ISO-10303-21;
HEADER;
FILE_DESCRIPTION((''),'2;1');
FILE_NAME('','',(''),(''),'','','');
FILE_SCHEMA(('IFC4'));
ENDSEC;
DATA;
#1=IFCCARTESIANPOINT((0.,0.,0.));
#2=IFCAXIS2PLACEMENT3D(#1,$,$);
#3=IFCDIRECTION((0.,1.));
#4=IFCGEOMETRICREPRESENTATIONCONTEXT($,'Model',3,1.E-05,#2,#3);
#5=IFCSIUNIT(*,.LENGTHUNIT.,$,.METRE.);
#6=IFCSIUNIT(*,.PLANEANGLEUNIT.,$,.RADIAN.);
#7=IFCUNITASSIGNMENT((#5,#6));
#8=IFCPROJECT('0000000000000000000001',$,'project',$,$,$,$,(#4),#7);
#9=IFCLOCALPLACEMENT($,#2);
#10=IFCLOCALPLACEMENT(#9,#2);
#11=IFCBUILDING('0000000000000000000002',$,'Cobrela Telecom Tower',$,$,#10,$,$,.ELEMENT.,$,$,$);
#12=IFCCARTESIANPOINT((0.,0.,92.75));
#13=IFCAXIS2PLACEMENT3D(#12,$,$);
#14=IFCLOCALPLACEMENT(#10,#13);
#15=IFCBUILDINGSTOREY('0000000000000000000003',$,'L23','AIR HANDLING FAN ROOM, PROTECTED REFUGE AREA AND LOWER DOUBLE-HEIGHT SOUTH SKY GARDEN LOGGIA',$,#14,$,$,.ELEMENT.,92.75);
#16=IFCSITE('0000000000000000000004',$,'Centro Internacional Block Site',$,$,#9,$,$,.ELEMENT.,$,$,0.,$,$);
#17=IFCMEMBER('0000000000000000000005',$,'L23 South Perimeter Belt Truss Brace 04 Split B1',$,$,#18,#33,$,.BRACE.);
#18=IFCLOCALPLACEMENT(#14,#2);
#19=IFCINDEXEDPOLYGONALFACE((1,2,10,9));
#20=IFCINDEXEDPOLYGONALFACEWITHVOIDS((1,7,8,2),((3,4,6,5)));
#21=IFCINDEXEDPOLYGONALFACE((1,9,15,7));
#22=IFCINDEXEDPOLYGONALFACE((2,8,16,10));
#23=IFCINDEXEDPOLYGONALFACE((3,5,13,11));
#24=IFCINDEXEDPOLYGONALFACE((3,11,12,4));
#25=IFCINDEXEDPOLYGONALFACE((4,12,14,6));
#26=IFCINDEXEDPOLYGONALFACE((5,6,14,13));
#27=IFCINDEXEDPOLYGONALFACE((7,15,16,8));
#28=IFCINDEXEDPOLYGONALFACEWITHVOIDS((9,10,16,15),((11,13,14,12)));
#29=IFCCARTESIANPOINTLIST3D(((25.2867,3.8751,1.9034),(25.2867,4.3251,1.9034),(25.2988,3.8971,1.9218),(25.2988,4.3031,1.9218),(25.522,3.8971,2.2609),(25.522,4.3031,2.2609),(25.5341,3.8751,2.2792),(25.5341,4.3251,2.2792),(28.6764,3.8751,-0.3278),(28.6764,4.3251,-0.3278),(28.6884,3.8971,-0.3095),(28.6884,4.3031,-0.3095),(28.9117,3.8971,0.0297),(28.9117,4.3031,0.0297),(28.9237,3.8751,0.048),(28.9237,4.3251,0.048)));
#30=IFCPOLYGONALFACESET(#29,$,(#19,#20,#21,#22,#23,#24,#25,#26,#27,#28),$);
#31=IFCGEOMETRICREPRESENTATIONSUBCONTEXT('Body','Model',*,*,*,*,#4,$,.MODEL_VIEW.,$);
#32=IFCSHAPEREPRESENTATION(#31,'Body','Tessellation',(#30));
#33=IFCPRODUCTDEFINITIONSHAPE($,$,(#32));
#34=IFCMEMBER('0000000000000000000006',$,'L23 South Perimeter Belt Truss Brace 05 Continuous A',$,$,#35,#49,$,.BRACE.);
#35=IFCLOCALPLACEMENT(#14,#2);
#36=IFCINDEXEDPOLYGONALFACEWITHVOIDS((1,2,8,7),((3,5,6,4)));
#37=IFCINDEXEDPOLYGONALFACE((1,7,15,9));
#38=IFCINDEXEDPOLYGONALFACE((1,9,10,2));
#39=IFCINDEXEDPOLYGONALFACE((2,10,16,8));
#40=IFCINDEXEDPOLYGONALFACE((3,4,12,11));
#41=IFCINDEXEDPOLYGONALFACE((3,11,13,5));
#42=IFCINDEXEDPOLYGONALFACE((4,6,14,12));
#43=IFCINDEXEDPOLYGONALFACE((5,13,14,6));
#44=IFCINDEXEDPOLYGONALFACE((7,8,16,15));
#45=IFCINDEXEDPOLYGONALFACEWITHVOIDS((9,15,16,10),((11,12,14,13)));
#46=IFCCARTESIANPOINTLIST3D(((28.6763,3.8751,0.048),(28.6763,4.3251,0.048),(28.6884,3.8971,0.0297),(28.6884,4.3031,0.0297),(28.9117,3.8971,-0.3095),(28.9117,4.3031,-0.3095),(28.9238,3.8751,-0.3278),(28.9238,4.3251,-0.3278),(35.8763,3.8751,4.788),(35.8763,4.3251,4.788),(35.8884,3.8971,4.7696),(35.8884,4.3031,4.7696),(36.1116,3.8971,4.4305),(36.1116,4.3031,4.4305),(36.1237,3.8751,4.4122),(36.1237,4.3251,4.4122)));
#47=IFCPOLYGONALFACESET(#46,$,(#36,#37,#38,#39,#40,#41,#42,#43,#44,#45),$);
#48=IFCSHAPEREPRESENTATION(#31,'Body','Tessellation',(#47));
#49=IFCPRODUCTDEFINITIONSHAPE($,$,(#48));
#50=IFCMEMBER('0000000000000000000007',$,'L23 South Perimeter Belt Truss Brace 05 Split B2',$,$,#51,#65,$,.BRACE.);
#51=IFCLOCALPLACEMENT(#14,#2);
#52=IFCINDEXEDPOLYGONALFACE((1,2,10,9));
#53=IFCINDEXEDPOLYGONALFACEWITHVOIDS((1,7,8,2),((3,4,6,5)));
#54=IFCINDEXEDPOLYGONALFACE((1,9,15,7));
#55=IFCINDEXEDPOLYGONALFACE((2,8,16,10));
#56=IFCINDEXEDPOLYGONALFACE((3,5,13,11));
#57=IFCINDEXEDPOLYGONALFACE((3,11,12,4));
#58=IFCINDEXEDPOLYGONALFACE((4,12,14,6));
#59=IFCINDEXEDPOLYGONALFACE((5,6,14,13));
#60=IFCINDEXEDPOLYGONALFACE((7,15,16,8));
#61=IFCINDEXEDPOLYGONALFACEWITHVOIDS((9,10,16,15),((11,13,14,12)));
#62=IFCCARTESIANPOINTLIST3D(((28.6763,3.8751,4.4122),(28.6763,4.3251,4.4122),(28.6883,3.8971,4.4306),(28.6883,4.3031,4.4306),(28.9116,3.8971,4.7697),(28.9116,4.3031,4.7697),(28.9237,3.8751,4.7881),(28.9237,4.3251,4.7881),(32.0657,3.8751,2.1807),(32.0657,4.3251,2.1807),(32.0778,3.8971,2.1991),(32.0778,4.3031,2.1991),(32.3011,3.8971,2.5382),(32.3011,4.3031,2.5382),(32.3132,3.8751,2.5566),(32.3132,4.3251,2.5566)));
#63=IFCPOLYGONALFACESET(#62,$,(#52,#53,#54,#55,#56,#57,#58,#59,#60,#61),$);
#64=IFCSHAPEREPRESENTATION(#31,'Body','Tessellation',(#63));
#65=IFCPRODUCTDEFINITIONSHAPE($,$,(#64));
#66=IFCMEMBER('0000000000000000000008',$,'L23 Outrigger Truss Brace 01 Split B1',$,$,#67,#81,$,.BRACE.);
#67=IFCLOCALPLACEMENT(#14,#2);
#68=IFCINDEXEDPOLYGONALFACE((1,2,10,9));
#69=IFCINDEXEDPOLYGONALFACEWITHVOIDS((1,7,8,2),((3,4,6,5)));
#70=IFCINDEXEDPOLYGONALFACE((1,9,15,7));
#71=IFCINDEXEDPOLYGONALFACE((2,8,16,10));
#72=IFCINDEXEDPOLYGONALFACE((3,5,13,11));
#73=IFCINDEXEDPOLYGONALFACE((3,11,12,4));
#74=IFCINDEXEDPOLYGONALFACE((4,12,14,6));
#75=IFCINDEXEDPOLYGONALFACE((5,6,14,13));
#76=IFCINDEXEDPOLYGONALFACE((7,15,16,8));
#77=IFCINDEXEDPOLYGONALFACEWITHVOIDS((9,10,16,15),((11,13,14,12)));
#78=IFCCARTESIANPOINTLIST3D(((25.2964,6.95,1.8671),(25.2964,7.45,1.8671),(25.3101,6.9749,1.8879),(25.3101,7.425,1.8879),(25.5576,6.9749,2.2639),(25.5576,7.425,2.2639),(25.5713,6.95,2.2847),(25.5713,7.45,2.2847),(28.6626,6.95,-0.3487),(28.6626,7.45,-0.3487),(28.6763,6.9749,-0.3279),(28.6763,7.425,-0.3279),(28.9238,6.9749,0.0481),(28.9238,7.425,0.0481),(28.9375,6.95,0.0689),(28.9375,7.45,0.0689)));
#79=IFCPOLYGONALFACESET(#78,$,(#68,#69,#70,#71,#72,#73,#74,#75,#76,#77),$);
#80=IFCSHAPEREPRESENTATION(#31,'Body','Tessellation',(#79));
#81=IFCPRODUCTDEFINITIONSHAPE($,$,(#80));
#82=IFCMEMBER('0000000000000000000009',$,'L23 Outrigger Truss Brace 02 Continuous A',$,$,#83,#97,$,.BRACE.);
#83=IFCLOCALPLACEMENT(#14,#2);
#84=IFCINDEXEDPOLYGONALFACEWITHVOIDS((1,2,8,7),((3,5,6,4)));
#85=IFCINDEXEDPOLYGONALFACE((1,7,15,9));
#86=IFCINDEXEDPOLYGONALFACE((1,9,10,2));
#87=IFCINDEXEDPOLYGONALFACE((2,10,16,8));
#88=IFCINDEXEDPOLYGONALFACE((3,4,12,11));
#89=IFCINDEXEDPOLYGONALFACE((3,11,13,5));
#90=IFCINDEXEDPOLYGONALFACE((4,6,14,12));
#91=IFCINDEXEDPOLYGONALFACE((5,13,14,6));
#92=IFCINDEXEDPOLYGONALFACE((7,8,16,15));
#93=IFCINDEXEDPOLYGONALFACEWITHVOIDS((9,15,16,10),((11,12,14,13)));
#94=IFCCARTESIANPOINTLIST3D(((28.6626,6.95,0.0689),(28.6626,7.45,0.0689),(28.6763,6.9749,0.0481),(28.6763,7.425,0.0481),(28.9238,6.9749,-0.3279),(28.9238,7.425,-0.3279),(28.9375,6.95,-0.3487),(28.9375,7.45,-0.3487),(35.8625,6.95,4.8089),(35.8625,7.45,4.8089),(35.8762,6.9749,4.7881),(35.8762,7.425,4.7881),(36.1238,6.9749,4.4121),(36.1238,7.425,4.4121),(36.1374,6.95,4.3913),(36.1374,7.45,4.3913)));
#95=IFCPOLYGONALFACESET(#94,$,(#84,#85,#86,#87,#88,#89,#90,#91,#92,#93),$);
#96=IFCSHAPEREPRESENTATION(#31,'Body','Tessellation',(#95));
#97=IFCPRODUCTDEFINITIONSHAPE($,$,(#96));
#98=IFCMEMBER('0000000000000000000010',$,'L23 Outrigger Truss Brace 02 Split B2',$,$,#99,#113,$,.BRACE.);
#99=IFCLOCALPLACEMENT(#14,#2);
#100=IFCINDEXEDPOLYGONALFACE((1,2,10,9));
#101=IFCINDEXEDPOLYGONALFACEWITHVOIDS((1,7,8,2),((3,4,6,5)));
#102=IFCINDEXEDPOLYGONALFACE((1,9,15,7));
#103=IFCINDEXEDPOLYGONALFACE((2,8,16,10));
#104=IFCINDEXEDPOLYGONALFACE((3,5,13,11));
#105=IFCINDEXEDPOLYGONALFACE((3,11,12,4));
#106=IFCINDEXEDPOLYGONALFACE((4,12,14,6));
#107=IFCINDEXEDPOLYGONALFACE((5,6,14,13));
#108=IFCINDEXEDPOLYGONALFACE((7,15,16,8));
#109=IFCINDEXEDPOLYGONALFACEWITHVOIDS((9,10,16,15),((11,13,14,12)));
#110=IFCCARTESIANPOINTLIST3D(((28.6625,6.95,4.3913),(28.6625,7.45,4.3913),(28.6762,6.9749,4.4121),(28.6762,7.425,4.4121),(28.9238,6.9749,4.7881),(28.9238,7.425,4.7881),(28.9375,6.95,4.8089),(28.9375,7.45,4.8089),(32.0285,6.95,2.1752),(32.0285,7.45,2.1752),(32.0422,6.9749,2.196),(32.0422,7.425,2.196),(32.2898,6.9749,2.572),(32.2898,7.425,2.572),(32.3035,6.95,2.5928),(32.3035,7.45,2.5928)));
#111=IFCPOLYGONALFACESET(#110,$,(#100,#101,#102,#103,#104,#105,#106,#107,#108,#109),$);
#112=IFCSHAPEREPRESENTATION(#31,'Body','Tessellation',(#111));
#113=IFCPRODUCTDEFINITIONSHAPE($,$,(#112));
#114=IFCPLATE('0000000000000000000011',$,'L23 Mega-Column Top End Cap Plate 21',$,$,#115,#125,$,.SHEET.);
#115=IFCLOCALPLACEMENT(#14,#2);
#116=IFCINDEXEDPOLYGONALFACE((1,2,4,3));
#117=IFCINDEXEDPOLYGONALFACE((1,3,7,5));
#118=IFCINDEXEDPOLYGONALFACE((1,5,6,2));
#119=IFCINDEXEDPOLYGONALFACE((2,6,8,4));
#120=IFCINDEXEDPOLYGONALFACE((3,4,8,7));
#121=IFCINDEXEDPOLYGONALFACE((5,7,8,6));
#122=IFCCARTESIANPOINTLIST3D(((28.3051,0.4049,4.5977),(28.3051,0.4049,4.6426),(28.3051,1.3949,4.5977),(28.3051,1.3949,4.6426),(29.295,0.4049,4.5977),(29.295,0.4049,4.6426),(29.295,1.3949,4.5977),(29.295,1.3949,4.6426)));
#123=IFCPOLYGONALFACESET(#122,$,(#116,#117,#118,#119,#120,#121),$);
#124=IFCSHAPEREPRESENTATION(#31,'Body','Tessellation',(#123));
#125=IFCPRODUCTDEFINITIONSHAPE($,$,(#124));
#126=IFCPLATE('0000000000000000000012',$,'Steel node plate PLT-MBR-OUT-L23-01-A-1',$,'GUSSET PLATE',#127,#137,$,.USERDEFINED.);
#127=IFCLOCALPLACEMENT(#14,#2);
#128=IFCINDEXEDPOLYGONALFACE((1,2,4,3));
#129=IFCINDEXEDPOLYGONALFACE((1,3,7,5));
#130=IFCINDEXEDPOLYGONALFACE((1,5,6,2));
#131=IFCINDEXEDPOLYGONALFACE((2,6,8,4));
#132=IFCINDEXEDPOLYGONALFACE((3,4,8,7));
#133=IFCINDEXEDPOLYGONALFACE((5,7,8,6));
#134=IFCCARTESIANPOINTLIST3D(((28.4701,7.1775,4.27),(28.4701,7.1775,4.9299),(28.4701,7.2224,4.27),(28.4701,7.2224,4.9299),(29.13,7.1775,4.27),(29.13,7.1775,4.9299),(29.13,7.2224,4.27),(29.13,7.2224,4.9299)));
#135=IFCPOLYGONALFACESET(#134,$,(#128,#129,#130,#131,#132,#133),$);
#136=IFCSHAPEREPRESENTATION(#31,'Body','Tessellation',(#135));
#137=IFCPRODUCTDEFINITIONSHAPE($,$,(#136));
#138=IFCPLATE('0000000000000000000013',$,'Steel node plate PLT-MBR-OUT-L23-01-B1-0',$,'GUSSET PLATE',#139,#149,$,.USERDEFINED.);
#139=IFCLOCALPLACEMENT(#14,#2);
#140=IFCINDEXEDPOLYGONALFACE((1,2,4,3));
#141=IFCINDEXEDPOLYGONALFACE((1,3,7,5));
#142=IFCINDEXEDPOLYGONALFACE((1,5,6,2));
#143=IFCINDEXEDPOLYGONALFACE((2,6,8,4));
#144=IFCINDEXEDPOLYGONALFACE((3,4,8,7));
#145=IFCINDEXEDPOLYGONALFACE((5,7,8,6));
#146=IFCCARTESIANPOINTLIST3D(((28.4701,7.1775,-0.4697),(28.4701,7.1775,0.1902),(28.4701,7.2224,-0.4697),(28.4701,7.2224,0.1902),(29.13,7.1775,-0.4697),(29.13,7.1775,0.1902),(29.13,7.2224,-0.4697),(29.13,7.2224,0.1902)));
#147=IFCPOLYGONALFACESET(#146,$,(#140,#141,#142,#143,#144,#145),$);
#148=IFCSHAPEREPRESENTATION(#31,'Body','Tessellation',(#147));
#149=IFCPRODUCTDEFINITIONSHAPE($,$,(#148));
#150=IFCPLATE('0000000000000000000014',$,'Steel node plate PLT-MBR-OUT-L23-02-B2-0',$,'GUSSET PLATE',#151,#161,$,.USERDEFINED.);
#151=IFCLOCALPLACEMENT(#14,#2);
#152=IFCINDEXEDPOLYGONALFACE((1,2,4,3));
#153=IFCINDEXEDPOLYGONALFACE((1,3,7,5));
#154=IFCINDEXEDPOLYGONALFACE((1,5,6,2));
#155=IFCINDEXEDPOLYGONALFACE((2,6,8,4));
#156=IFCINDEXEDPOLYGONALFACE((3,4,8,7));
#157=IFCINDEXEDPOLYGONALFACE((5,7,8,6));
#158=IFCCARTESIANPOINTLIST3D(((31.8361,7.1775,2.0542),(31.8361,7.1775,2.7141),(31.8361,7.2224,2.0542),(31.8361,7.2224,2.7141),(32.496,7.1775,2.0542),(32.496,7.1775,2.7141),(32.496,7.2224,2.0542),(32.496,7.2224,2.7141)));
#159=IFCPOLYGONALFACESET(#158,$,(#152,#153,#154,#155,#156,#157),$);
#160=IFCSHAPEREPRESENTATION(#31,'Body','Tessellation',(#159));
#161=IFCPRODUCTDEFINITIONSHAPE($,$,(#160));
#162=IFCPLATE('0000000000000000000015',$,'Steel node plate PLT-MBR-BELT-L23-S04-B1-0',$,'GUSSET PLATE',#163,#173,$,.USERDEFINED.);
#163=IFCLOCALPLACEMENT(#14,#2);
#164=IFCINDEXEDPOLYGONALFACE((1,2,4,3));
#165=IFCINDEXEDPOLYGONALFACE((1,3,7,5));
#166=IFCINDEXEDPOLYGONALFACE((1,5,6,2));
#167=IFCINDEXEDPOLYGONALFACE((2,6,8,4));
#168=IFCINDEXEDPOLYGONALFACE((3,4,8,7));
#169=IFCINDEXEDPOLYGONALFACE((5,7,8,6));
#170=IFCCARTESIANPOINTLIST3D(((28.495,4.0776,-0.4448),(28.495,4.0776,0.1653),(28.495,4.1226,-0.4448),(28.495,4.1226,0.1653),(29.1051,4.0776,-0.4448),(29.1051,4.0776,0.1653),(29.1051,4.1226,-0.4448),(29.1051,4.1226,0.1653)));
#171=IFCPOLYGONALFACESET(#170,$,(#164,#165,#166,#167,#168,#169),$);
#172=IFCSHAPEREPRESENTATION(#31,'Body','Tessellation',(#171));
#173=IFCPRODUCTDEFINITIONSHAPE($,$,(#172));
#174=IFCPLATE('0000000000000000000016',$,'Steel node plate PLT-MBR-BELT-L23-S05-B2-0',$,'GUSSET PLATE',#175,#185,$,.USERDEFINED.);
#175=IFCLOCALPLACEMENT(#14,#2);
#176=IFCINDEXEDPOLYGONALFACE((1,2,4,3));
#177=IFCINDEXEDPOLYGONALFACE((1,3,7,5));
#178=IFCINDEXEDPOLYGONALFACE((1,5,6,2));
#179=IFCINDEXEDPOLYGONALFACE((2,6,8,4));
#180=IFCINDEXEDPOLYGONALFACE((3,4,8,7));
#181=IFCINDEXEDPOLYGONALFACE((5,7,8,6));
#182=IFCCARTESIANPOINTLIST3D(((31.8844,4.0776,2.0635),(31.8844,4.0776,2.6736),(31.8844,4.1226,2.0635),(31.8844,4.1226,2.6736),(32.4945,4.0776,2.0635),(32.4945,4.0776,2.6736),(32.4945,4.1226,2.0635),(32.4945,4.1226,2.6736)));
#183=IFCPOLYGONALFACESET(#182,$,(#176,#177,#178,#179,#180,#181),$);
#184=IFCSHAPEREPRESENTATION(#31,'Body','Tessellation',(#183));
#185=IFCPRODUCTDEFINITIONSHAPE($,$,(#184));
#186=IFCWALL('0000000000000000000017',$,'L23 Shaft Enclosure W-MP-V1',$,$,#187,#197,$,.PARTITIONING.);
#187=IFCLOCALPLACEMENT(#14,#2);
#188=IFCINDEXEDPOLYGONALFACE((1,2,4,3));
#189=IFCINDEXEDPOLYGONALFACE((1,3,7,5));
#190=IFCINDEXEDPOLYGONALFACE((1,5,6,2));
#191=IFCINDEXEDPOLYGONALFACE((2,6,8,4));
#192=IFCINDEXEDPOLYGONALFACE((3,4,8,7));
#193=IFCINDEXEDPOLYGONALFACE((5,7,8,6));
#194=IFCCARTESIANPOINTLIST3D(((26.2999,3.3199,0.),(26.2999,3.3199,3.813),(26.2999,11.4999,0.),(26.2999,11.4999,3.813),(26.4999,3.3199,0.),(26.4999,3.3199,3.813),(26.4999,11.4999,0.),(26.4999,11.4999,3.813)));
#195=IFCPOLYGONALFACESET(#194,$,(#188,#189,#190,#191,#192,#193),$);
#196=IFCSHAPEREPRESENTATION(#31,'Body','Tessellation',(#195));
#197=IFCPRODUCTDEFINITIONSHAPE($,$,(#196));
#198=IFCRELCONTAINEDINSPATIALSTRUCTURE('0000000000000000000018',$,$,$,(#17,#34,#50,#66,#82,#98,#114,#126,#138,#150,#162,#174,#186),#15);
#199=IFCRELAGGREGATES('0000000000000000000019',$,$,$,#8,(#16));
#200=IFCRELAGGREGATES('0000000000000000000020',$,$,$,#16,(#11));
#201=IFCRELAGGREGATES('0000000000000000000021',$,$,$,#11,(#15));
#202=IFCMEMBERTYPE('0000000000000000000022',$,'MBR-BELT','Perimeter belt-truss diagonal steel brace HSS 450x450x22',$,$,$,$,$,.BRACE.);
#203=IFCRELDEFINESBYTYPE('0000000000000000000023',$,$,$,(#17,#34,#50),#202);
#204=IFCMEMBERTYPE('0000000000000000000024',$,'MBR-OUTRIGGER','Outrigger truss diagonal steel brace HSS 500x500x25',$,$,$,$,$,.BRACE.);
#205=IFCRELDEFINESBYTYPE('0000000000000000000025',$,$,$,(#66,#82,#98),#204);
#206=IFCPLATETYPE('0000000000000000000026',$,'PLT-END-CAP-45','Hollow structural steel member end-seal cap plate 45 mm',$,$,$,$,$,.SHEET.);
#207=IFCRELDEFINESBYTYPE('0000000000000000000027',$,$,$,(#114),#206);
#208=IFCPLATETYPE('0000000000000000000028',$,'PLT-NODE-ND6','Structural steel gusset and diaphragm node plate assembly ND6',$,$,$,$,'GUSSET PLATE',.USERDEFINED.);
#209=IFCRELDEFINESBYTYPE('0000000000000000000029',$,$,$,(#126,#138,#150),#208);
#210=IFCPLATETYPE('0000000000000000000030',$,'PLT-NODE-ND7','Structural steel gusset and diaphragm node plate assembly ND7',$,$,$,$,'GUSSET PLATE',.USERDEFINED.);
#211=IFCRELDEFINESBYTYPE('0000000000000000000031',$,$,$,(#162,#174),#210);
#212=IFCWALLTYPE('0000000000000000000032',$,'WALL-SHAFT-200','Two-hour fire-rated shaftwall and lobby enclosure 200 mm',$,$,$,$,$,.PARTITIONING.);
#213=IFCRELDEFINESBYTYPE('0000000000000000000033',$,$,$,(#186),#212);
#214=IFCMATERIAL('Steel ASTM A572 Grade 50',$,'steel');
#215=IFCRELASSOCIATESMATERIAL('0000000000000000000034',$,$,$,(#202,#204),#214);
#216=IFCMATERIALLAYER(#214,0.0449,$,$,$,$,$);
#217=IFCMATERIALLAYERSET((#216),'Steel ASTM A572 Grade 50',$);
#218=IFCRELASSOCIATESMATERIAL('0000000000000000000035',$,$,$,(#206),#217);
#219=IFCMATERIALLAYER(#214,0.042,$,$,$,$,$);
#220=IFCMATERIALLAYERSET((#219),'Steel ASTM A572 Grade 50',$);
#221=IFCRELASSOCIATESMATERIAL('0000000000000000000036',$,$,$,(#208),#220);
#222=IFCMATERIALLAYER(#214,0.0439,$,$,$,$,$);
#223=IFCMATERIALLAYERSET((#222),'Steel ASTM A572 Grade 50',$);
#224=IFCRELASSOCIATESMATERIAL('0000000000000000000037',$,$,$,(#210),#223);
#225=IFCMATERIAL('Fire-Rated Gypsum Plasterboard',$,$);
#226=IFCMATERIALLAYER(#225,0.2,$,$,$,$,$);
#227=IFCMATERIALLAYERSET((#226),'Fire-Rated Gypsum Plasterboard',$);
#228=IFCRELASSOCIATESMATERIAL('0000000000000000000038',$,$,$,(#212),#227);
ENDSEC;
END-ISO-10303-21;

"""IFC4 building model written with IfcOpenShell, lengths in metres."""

from ifc_helpers import new_model, si_unit, direction, frame, frame_2d, origin, origin_2d, place, context, subcontext, project, spatial, rectangle, hollow_rectangle, extrude, material, layer, layer_set, material_profile, profile_set, type_object, element, save


model = new_model("IFC4")

# Units and contexts
model_context = context("Model", 3, precision=1e-05, world=origin(), true_north=direction((0.0, 1.0)))
body_context = subcontext(model_context, "Body", "Model", "MODEL_VIEW")
ifc_project = project(units=[si_unit("LENGTHUNIT", "METRE"), si_unit("PLANEANGLEUNIT", "RADIAN")], contexts=[model_context])

# Site, building, storey
site_placement = place(None, origin())
site = spatial("IfcSite", under=ifc_project, at=site_placement, Name="Centro Internacional Block Site", CompositionType="ELEMENT", RefElevation=0.0)
building_placement = place(site_placement, origin())
building = spatial("IfcBuilding", under=site, at=building_placement, Name="Cobrela Telecom Tower", CompositionType="ELEMENT")
storey_placement = place(building_placement, frame((0.0, 0.0, 92.75)))
storey = spatial("IfcBuildingStorey", under=building, at=storey_placement, Name="L23", Description="AIR HANDLING FAN ROOM, PROTECTED REFUGE AREA AND LOWER DOUBLE-HEIGHT SOUTH SKY GARDEN LOGGIA", CompositionType="ELEMENT", Elevation=92.75)

# Shared definitions
ifc_material_1 = material(Name="Steel ASTM A572 Grade 50", Category="steel")

# Members
ifc_material_profile_1 = material_profile(ifc_material_1, hollow_rectangle(XDim=0.45, YDim=0.45, WallThickness=0.022, at=origin_2d()), Name="HSS 450x450x22")
ifc_profile_set_1 = profile_set([ifc_material_profile_1], Name="Steel ASTM A572 Grade 50")
member_type_1 = type_object("IfcMemberType", Name="MBR-BELT", Description="Perimeter belt-truss diagonal steel brace HSS 450x450x22", PredefinedType="BRACE", material=ifc_profile_set_1)
member_1_placement = place(storey_placement, frame((28.8, 4.1001, -0.1399), z_axis=(-0.835285, 0.0, 0.549818), x_axis=(0.0, -1.0, 0.0)))
element("IfcMember", 1, at=member_1_placement, inside=storey, type_object=member_type_1, Name="L23 South Perimeter Belt Truss Brace 04 Split B1", PredefinedType="BRACE", context=body_context, shape_type="SweptSolid", body=[
    extrude(hollow_rectangle(XDim=0.45, YDim=0.45, WallThickness=0.022, at=origin_2d()), origin(), (0.0, 0.0, 1.0), 4.0581),
])
member_2_placement = place(storey_placement, frame((28.8, 4.1001, -0.1399), z_axis=(0.835248, 0.0, 0.549874), x_axis=(0.0, 1.0, 0.0)))
element("IfcMember", 2, at=member_2_placement, inside=storey, type_object=member_type_1, Name="L23 South Perimeter Belt Truss Brace 05 Continuous A", PredefinedType="BRACE", context=body_context, shape_type="SweptSolid", body=[
    extrude(hollow_rectangle(XDim=0.45, YDim=0.45, WallThickness=0.022, at=origin_2d()), origin(), (0.0, 0.0, 1.0), 8.6201),
])
member_3_placement = place(storey_placement, frame((32.1895, 4.1001, 2.3687), z_axis=(-0.835239, 0.0, 0.549887), x_axis=(0.0, -1.0, 0.0)))
element("IfcMember", 3, at=member_3_placement, inside=storey, type_object=member_type_1, Name="L23 South Perimeter Belt Truss Brace 05 Split B2", PredefinedType="BRACE", context=body_context, shape_type="SweptSolid", body=[
    extrude(hollow_rectangle(XDim=0.45, YDim=0.45, WallThickness=0.022, at=origin_2d()), origin(), (0.0, 0.0, 1.0), 4.0581),
])
ifc_material_profile_2 = material_profile(ifc_material_1, hollow_rectangle(XDim=0.5, YDim=0.5, WallThickness=0.0249, at=origin_2d()), Name="HSS 500x500x25")
ifc_profile_set_2 = profile_set([ifc_material_profile_2], Name="Steel ASTM A572 Grade 50")
member_type_2 = type_object("IfcMemberType", Name="MBR-OUTRIGGER", Description="Outrigger truss diagonal steel brace HSS 500x500x25", PredefinedType="BRACE", material=ifc_profile_set_2)
member_4_placement = place(storey_placement, frame((28.8, 7.2, -0.1399), z_axis=(-0.835279, 0.0, 0.549826), x_axis=(0.0, -1.0, 0.0)))
element("IfcMember", 4, at=member_4_placement, inside=storey, type_object=member_type_2, Name="L23 Outrigger Truss Brace 01 Split B1", PredefinedType="BRACE", context=body_context, shape_type="SweptSolid", body=[
    extrude(hollow_rectangle(XDim=0.5, YDim=0.5, WallThickness=0.0249, at=origin_2d()), origin(), (0.0, 0.0, 1.0), 4.03),
])
member_5_placement = place(storey_placement, frame((28.8, 7.2, -0.1399), z_axis=(0.835248, 0.0, 0.549874), x_axis=(0.0, 1.0, 0.0)))
element("IfcMember", 5, at=member_5_placement, inside=storey, type_object=member_type_2, Name="L23 Outrigger Truss Brace 02 Continuous A", PredefinedType="BRACE", context=body_context, shape_type="SweptSolid", body=[
    extrude(hollow_rectangle(XDim=0.5, YDim=0.5, WallThickness=0.0249, at=origin_2d()), origin(), (0.0, 0.0, 1.0), 8.6201),
])
member_6_placement = place(storey_placement, frame((32.166, 7.2, 2.384), z_axis=(-0.835233, 0.0, 0.549896), x_axis=(0.0, -1.0, 0.0)))
element("IfcMember", 6, at=member_6_placement, inside=storey, type_object=member_type_2, Name="L23 Outrigger Truss Brace 02 Split B2", PredefinedType="BRACE", context=body_context, shape_type="SweptSolid", body=[
    extrude(hollow_rectangle(XDim=0.5, YDim=0.5, WallThickness=0.0249, at=origin_2d()), origin(), (0.0, 0.0, 1.0), 4.03),
])

# Plates
ifc_layer_1 = layer(ifc_material_1, 0.0449)
ifc_layer_set_1 = layer_set([ifc_layer_1], Name="Steel ASTM A572 Grade 50")
plate_type_1 = type_object("IfcPlateType", Name="PLT-END-CAP-45", Description="Hollow structural steel member end-seal cap plate 45 mm", PredefinedType="SHEET", material=ifc_layer_set_1)
plate_placement = place(storey_placement, frame((28.8, 0.8999, 4.5977), z_axis=(0.0, 0.0, 1.0), x_axis=(1.0, 0.0, 0.0)))
element("IfcPlate", 7, at=plate_placement, inside=storey, type_object=plate_type_1, Name="L23 Mega-Column Top End Cap Plate 21", PredefinedType="SHEET", context=body_context, shape_type="SweptSolid", body=[
    extrude(rectangle(XDim=0.99, YDim=0.99, at=origin_2d()), origin(), (0.0, 0.0, 1.0), 0.0449),
])
ifc_layer_2 = layer(ifc_material_1, 0.042)
ifc_layer_set_2 = layer_set([ifc_layer_2], Name="Steel ASTM A572 Grade 50")
plate_type_2 = type_object("IfcPlateType", Name="PLT-NODE-ND6", Description="Structural steel gusset and diaphragm node plate assembly ND6", ElementType="GUSSET PLATE", PredefinedType="USERDEFINED", material=ifc_layer_set_2)
for number, where, z_axis, x_axis, name in (
    (8, (28.8, 7.2, 4.27), (0.0, 0.0, 1.0), (1.0, 0.0, 0.0), "Steel node plate PLT-MBR-OUT-L23-01-A-1"),
    (9, (28.8, 7.2, -0.4697), (0.0, 0.0, 1.0), (-1.0, 0.0, 0.0), "Steel node plate PLT-MBR-OUT-L23-01-B1-0"),
    (10, (32.166, 7.2, 2.0542), (0.0, 0.0, 1.0), (-1.0, 0.0, 0.0), "Steel node plate PLT-MBR-OUT-L23-02-B2-0"),
):
    element("IfcPlate", number, at=place(storey_placement, frame(where, z_axis=z_axis, x_axis=x_axis)), inside=storey, type_object=plate_type_2, Name=name, ObjectType="GUSSET PLATE", PredefinedType="USERDEFINED", context=body_context, shape_type="SweptSolid", body=[
        extrude(rectangle(XDim=0.6599, YDim=0.0449, at=origin_2d()), origin(), (0.0, 0.0, 1.0), 0.6599),
    ])
ifc_layer_3 = layer(ifc_material_1, 0.0439)
ifc_layer_set_3 = layer_set([ifc_layer_3], Name="Steel ASTM A572 Grade 50")
plate_type_3 = type_object("IfcPlateType", Name="PLT-NODE-ND7", Description="Structural steel gusset and diaphragm node plate assembly ND7", ElementType="GUSSET PLATE", PredefinedType="USERDEFINED", material=ifc_layer_set_3)
for number, where, z_axis, x_axis, name in (
    (11, (28.8, 4.1001, -0.4448), (0.0, 0.0, 1.0), (-1.0, 0.0, 0.0), "Steel node plate PLT-MBR-BELT-L23-S04-B1-0"),
    (12, (32.1895, 4.1001, 2.0635), (0.0, 0.0, 1.0), (-1.0, 0.0, 0.0), "Steel node plate PLT-MBR-BELT-L23-S05-B2-0"),
):
    element("IfcPlate", number, at=place(storey_placement, frame(where, z_axis=z_axis, x_axis=x_axis)), inside=storey, type_object=plate_type_3, Name=name, ObjectType="GUSSET PLATE", PredefinedType="USERDEFINED", context=body_context, shape_type="SweptSolid", body=[
        extrude(rectangle(XDim=0.6101, YDim=0.0449, at=origin_2d()), origin(), (0.0, 0.0, 1.0), 0.6101),
    ])

# Wall
ifc_material_2 = material(Name="Fire-Rated Gypsum Plasterboard")
ifc_layer_4 = layer(ifc_material_2, 0.2)
ifc_layer_set_4 = layer_set([ifc_layer_4], Name="Fire-Rated Gypsum Plasterboard")
wall_type = type_object("IfcWallType", Name="WALL-SHAFT-200", Description="Two-hour fire-rated shaftwall and lobby enclosure 200 mm", PredefinedType="PARTITIONING", material=ifc_layer_set_4)
wall_placement = place(storey_placement, frame((26.3999, 3.3201, 0.0), z_axis=(0.0, 0.0, 1.0), x_axis=(0.0, 1.0, 0.0)))
element("IfcWall", 13, at=wall_placement, inside=storey, type_object=wall_type, Name="L23 Shaft Enclosure W-MP-V1", PredefinedType="PARTITIONING", context=body_context, shape_type="SweptSolid", body=[
    extrude(rectangle(XDim=8.1799, YDim=0.2, at=frame_2d((4.0898, 0.0))), origin(), (0.0, 0.0, 1.0), 3.813),
])

save(model, "model.ifc")
